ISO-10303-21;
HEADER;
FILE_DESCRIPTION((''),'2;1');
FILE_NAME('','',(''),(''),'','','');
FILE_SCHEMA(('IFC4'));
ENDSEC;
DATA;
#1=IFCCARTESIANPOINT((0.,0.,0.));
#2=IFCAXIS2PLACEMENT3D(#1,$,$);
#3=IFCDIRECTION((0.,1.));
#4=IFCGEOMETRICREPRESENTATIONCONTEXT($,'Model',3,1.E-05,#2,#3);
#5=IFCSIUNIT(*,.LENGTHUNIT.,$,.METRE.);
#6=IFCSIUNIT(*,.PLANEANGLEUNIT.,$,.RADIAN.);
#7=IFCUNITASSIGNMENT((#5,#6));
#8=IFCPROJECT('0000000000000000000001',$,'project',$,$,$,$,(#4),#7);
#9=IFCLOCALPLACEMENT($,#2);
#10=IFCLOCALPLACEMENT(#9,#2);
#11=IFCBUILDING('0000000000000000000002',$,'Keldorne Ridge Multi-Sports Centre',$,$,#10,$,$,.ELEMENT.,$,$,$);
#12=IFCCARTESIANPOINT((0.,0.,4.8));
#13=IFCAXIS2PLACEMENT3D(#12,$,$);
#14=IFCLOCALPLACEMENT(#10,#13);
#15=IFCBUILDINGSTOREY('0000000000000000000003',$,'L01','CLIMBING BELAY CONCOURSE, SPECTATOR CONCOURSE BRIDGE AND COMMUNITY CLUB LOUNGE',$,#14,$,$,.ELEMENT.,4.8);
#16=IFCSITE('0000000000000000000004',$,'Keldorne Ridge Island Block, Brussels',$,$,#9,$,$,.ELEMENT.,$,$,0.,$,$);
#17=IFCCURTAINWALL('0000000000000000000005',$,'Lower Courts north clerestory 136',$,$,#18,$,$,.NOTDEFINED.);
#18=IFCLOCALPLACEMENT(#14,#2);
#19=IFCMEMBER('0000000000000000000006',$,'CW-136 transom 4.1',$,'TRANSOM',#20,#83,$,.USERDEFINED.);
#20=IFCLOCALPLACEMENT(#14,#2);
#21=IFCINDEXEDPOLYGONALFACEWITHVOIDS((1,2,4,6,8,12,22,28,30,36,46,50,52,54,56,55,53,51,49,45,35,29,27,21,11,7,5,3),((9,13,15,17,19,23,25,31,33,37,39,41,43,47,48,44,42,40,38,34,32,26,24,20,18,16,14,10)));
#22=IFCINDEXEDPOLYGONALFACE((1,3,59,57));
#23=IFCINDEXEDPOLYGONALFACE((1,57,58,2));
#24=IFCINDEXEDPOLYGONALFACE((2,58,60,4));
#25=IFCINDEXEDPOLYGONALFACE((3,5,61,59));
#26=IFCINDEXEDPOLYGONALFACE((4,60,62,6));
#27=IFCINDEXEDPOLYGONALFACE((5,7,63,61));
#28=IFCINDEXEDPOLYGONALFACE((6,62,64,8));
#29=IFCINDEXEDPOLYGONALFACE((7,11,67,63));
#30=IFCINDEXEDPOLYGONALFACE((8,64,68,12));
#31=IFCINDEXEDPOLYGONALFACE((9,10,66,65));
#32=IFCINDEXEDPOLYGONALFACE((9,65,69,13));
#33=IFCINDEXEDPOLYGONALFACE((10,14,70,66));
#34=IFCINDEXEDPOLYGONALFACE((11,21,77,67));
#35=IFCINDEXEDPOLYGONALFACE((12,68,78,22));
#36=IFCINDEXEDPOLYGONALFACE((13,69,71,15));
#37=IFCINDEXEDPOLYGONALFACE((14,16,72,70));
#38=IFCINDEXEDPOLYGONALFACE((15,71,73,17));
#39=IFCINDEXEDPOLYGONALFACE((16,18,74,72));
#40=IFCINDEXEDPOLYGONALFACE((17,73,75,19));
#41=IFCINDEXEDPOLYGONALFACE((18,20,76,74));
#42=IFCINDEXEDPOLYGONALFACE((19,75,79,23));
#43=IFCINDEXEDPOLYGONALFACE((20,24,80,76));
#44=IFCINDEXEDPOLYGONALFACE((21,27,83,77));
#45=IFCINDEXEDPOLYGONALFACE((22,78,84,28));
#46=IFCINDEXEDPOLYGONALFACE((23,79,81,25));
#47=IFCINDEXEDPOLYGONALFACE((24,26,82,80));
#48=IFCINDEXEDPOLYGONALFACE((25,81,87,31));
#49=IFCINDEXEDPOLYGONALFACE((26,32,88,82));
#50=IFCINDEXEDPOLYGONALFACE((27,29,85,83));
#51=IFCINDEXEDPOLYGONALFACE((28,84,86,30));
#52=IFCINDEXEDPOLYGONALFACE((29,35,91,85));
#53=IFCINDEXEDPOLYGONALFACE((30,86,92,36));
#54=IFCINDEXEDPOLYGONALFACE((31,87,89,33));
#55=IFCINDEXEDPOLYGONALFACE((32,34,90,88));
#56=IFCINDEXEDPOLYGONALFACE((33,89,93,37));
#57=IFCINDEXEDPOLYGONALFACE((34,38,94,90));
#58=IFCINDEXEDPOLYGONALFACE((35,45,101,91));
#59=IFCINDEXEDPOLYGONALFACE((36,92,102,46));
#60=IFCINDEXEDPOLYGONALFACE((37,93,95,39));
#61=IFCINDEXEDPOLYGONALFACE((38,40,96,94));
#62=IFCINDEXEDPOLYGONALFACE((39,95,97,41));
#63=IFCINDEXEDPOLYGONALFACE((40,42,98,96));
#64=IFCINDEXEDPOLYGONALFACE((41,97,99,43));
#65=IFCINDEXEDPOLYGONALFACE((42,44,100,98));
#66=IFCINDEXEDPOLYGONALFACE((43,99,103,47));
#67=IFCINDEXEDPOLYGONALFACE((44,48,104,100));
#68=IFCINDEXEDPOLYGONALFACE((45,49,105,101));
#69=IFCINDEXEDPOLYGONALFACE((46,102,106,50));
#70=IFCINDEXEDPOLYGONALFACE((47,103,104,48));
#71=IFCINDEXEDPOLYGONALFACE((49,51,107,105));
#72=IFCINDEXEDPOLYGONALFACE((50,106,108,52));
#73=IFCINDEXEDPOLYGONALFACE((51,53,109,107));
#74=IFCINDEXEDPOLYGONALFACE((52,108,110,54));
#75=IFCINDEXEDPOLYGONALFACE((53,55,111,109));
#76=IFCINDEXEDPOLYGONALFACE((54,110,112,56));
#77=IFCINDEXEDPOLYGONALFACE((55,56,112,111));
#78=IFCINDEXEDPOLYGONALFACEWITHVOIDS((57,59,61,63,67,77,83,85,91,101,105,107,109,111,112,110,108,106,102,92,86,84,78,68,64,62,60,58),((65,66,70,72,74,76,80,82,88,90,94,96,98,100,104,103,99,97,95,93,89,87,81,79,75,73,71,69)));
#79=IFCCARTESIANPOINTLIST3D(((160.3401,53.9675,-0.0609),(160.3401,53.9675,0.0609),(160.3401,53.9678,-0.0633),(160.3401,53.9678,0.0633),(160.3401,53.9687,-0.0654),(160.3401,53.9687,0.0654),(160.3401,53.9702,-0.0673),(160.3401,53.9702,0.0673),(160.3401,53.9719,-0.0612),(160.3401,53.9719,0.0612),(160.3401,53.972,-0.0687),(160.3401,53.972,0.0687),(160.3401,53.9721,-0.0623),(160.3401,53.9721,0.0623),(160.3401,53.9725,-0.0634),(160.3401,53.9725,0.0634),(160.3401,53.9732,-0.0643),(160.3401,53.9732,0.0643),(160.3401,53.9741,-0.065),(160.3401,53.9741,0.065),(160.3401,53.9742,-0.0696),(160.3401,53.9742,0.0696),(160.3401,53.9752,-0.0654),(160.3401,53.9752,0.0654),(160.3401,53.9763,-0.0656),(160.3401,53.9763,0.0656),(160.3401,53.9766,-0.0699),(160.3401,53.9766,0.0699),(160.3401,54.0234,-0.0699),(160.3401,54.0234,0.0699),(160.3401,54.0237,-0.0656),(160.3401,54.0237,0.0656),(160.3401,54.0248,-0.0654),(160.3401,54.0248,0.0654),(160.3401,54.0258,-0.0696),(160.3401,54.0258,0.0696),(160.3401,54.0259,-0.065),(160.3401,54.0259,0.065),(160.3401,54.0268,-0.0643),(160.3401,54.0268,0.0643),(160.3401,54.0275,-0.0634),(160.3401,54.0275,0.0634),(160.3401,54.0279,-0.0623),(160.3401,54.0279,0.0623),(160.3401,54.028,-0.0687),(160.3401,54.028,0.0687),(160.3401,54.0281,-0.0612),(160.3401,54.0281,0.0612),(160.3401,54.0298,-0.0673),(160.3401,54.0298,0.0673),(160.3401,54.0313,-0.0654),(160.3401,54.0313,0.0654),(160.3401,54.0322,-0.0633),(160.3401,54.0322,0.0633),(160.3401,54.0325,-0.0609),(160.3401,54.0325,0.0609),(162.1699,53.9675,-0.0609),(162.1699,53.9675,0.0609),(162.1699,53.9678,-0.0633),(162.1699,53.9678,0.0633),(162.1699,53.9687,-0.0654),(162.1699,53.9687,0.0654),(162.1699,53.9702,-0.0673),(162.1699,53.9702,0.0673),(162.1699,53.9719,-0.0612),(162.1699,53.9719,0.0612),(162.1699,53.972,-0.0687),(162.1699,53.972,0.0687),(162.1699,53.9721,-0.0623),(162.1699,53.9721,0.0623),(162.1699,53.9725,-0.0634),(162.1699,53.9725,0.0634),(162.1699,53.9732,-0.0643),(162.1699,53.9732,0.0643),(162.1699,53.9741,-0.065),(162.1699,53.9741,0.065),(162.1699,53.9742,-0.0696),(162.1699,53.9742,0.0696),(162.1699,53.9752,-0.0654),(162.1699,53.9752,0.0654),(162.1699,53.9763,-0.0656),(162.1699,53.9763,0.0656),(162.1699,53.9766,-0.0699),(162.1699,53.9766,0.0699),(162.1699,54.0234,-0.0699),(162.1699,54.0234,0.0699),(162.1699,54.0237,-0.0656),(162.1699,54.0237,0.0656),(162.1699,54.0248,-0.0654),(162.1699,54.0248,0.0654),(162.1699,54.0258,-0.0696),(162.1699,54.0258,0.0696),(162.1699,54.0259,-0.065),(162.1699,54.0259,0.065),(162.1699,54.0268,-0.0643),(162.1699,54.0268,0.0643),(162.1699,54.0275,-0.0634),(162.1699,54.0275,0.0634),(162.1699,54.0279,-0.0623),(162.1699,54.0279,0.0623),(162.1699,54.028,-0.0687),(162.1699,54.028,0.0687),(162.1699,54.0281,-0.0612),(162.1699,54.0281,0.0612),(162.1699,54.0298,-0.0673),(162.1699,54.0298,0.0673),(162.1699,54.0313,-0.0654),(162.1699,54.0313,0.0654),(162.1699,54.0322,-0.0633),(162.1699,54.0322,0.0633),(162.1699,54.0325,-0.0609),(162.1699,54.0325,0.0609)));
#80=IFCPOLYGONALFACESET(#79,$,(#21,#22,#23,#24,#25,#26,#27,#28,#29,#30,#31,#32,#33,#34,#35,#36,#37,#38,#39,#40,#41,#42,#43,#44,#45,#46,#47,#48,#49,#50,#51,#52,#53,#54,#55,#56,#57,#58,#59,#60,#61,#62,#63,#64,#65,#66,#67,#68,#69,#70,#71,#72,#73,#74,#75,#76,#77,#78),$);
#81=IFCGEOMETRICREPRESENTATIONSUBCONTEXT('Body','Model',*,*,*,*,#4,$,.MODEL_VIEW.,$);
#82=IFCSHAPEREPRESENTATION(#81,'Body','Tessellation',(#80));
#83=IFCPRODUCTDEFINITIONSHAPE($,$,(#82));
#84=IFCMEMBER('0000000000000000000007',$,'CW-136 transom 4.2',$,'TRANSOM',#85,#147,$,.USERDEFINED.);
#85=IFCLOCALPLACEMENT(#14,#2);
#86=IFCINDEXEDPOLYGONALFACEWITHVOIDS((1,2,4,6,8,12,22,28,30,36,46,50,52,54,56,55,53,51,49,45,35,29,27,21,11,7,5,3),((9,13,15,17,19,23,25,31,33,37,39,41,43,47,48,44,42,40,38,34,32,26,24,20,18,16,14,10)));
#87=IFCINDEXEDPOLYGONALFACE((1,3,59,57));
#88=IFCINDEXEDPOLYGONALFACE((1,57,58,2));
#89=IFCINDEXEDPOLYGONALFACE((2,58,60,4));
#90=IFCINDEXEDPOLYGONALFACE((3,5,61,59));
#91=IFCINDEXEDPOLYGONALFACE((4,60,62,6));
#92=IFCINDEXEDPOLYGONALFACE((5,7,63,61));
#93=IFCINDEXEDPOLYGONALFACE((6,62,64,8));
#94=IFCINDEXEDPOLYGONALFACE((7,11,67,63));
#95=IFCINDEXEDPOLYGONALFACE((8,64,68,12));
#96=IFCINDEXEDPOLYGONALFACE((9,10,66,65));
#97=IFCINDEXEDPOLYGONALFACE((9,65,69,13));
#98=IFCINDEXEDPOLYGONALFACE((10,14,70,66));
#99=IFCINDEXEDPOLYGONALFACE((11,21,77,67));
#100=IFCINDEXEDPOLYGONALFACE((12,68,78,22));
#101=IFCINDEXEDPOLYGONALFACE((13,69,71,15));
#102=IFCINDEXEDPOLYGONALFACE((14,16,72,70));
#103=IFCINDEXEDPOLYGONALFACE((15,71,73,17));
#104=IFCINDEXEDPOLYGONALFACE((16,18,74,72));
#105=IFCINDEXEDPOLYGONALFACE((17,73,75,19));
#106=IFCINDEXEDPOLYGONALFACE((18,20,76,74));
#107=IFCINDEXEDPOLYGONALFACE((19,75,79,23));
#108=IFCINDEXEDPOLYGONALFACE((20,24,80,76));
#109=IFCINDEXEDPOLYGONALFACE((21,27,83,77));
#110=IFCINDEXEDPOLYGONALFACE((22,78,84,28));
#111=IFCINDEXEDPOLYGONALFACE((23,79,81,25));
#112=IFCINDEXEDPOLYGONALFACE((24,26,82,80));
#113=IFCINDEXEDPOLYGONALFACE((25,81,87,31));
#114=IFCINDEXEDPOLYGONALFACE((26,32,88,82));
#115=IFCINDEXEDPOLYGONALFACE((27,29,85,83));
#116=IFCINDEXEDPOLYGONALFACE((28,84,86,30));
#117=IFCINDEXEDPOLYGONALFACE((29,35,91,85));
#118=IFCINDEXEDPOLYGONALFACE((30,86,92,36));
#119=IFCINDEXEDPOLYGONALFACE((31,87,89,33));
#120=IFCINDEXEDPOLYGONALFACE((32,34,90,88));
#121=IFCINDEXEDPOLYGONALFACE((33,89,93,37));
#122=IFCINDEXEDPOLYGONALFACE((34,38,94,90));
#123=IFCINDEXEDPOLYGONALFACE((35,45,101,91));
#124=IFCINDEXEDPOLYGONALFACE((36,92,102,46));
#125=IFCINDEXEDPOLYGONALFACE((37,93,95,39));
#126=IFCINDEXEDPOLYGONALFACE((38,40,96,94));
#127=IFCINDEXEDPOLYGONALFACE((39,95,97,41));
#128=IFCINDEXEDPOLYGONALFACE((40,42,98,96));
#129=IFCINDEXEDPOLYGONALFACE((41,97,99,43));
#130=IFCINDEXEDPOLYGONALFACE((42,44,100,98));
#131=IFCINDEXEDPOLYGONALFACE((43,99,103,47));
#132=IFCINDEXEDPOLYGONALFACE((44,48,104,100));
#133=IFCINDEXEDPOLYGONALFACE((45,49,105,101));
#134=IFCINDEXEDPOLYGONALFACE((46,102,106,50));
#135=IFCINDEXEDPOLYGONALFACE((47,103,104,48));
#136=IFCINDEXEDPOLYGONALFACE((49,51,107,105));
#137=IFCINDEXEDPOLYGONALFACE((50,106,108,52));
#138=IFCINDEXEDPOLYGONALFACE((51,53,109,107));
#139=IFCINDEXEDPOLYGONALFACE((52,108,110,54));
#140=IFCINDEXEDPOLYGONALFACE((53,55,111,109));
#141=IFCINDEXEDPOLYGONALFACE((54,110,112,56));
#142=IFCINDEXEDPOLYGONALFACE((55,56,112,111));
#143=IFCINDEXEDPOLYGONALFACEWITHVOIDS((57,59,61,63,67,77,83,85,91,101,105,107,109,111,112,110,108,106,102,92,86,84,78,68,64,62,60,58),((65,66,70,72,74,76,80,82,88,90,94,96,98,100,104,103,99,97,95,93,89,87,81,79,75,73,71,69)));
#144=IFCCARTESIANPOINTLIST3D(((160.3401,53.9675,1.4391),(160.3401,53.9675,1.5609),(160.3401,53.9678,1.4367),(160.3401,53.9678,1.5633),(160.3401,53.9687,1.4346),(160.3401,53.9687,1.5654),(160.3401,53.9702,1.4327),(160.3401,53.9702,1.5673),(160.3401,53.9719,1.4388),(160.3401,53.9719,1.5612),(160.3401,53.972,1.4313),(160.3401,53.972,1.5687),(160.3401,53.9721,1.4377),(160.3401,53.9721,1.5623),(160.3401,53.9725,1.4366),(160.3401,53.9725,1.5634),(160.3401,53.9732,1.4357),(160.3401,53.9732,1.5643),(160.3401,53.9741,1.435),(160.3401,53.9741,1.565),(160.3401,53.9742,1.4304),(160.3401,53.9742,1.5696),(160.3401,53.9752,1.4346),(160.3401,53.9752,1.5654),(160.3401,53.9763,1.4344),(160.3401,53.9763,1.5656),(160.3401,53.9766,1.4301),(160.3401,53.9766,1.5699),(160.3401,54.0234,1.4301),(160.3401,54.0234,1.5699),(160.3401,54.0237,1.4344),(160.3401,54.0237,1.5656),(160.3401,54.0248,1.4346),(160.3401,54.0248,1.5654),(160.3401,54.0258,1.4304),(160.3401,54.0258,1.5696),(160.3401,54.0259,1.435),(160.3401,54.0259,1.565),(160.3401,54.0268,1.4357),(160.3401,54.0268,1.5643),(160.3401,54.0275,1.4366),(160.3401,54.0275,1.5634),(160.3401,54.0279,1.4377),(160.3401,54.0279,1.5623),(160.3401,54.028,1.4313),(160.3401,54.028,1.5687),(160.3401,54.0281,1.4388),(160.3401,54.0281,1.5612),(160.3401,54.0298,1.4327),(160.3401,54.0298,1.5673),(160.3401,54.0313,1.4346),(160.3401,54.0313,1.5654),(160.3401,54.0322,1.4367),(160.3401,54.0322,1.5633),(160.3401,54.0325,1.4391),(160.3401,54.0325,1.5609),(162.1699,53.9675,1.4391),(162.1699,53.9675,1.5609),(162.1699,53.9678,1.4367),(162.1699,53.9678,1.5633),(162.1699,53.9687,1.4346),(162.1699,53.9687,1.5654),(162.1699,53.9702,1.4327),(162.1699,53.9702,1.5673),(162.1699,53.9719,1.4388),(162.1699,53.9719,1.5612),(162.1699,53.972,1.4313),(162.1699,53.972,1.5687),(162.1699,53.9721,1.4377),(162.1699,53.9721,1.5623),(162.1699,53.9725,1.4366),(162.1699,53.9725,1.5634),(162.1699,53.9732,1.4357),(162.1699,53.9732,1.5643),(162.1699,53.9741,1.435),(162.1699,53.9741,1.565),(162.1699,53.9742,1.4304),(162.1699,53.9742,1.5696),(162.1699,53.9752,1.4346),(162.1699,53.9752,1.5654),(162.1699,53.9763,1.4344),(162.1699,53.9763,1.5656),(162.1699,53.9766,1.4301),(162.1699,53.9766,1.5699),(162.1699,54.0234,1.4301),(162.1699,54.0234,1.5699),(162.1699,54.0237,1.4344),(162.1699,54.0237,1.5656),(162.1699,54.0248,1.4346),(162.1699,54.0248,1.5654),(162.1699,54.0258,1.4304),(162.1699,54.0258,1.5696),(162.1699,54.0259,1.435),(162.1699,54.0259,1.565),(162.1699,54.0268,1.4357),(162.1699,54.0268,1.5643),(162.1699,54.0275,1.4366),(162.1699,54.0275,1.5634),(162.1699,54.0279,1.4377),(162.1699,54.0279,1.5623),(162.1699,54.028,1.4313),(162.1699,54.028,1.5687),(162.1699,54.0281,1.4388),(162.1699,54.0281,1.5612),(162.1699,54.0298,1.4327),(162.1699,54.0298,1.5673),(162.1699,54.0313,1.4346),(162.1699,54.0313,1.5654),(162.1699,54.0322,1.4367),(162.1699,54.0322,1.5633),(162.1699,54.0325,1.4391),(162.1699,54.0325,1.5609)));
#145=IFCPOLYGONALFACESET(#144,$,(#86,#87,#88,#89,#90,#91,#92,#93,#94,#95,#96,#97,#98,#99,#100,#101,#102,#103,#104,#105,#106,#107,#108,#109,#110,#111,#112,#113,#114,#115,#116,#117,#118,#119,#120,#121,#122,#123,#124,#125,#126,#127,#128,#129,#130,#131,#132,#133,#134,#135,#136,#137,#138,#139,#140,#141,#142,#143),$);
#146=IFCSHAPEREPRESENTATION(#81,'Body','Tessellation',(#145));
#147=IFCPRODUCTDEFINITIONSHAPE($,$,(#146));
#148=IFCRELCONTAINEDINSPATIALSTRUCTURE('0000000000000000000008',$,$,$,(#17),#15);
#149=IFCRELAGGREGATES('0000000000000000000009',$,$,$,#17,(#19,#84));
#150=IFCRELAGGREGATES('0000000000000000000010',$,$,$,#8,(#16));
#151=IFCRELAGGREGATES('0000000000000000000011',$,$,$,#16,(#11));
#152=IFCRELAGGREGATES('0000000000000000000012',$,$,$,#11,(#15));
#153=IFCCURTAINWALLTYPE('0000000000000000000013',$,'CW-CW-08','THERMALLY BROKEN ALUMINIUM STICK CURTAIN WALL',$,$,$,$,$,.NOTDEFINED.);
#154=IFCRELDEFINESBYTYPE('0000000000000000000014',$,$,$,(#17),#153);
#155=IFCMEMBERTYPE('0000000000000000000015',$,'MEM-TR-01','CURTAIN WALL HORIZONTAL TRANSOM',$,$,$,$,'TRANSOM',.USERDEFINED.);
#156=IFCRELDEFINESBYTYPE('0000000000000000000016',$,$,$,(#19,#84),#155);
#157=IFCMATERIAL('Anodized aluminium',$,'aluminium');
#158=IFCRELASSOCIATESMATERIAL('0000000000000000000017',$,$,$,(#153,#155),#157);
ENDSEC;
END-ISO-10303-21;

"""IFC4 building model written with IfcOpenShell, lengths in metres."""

from ifc_helpers import new_model, si_unit, direction, frame, origin, origin_2d, place, context, subcontext, project, spatial, hollow_rectangle, extrude, material, material_profile, profile_set, type_object, element, aggregate, save


model = new_model("IFC4")

# Units and contexts
model_context = context("Model", 3, precision=1e-05, world=origin(), true_north=direction((0.0, 1.0)))
body_context = subcontext(model_context, "Body", "Model", "MODEL_VIEW")
ifc_project = project(units=[si_unit("LENGTHUNIT", "METRE"), si_unit("PLANEANGLEUNIT", "RADIAN")], contexts=[model_context])

# Site, building, storey
site_placement = place(None, origin())
site = spatial("IfcSite", under=ifc_project, at=site_placement, Name="Keldorne Ridge Island Block, Brussels", CompositionType="ELEMENT", RefElevation=0.0)
building_placement = place(site_placement, origin())
building = spatial("IfcBuilding", under=site, at=building_placement, Name="Keldorne Ridge Multi-Sports Centre", CompositionType="ELEMENT")
storey_placement = place(building_placement, frame((0.0, 0.0, 4.8)))
storey = spatial("IfcBuildingStorey", under=building, at=storey_placement, Name="L01", Description="CLIMBING BELAY CONCOURSE, SPECTATOR CONCOURSE BRIDGE AND COMMUNITY CLUB LOUNGE", CompositionType="ELEMENT", Elevation=4.8)

# Curtain wall
ifc_material_1 = material(Name="Anodized aluminium", Category="aluminium")
curtain_wall_type_1 = type_object("IfcCurtainWallType", Name="CW-CW-08", Description="THERMALLY BROKEN ALUMINIUM STICK CURTAIN WALL", PredefinedType="NOTDEFINED", material=ifc_material_1)
curtain_wall_1_placement = place(storey_placement, origin())
curtain_wall_1 = element("IfcCurtainWall", 1, at=curtain_wall_1_placement, inside=storey, type_object=curtain_wall_type_1, Name="Lower Courts north clerestory 136", PredefinedType="NOTDEFINED")

# Shared definitions
ifc_material_profile_1 = material_profile(ifc_material_1, hollow_rectangle(XDim=0.0649, YDim=0.1399, WallThickness=0.0044, InnerFilletRadius=0.0044, OuterFilletRadius=0.009, at=origin_2d()), Name="ALU TRANSOM 140x65x4.5")
ifc_profile_set_1 = profile_set([ifc_material_profile_1], Name="Anodized aluminium")
member_type_1 = type_object("IfcMemberType", Name="MEM-TR-01", Description="CURTAIN WALL HORIZONTAL TRANSOM", ElementType="TRANSOM", PredefinedType="USERDEFINED", material=ifc_profile_set_1)

# Members
member_1_placement = place(storey_placement, frame((162.1699, 54.0, 0.0), z_axis=(-1.0, 0.0, 0.0), x_axis=(0.0, -1.0, 0.0)))
member_1 = element("IfcMember", 2, at=member_1_placement, type_object=member_type_1, Name="CW-136 transom 4.1", ObjectType="TRANSOM", PredefinedType="USERDEFINED", context=body_context, shape_type="SweptSolid", body=[
    extrude(hollow_rectangle(XDim=0.0649, YDim=0.1399, WallThickness=0.0044, InnerFilletRadius=0.0044, OuterFilletRadius=0.009, at=origin_2d()), origin(), (0.0, 0.0, 1.0), 1.8298),
])
member_2_placement = place(storey_placement, frame((162.1699, 54.0, 1.5), z_axis=(-1.0, 0.0, 0.0), x_axis=(0.0, -1.0, 0.0)))
member_2 = element("IfcMember", 3, at=member_2_placement, type_object=member_type_1, Name="CW-136 transom 4.2", ObjectType="TRANSOM", PredefinedType="USERDEFINED", context=body_context, shape_type="SweptSolid", body=[
    extrude(hollow_rectangle(XDim=0.0649, YDim=0.1399, WallThickness=0.0044, InnerFilletRadius=0.0044, OuterFilletRadius=0.009, at=origin_2d()), origin(), (0.0, 0.0, 1.0), 1.8298),
])

aggregate(curtain_wall_1, [member_1, member_2])

save(model, "model.ifc")
